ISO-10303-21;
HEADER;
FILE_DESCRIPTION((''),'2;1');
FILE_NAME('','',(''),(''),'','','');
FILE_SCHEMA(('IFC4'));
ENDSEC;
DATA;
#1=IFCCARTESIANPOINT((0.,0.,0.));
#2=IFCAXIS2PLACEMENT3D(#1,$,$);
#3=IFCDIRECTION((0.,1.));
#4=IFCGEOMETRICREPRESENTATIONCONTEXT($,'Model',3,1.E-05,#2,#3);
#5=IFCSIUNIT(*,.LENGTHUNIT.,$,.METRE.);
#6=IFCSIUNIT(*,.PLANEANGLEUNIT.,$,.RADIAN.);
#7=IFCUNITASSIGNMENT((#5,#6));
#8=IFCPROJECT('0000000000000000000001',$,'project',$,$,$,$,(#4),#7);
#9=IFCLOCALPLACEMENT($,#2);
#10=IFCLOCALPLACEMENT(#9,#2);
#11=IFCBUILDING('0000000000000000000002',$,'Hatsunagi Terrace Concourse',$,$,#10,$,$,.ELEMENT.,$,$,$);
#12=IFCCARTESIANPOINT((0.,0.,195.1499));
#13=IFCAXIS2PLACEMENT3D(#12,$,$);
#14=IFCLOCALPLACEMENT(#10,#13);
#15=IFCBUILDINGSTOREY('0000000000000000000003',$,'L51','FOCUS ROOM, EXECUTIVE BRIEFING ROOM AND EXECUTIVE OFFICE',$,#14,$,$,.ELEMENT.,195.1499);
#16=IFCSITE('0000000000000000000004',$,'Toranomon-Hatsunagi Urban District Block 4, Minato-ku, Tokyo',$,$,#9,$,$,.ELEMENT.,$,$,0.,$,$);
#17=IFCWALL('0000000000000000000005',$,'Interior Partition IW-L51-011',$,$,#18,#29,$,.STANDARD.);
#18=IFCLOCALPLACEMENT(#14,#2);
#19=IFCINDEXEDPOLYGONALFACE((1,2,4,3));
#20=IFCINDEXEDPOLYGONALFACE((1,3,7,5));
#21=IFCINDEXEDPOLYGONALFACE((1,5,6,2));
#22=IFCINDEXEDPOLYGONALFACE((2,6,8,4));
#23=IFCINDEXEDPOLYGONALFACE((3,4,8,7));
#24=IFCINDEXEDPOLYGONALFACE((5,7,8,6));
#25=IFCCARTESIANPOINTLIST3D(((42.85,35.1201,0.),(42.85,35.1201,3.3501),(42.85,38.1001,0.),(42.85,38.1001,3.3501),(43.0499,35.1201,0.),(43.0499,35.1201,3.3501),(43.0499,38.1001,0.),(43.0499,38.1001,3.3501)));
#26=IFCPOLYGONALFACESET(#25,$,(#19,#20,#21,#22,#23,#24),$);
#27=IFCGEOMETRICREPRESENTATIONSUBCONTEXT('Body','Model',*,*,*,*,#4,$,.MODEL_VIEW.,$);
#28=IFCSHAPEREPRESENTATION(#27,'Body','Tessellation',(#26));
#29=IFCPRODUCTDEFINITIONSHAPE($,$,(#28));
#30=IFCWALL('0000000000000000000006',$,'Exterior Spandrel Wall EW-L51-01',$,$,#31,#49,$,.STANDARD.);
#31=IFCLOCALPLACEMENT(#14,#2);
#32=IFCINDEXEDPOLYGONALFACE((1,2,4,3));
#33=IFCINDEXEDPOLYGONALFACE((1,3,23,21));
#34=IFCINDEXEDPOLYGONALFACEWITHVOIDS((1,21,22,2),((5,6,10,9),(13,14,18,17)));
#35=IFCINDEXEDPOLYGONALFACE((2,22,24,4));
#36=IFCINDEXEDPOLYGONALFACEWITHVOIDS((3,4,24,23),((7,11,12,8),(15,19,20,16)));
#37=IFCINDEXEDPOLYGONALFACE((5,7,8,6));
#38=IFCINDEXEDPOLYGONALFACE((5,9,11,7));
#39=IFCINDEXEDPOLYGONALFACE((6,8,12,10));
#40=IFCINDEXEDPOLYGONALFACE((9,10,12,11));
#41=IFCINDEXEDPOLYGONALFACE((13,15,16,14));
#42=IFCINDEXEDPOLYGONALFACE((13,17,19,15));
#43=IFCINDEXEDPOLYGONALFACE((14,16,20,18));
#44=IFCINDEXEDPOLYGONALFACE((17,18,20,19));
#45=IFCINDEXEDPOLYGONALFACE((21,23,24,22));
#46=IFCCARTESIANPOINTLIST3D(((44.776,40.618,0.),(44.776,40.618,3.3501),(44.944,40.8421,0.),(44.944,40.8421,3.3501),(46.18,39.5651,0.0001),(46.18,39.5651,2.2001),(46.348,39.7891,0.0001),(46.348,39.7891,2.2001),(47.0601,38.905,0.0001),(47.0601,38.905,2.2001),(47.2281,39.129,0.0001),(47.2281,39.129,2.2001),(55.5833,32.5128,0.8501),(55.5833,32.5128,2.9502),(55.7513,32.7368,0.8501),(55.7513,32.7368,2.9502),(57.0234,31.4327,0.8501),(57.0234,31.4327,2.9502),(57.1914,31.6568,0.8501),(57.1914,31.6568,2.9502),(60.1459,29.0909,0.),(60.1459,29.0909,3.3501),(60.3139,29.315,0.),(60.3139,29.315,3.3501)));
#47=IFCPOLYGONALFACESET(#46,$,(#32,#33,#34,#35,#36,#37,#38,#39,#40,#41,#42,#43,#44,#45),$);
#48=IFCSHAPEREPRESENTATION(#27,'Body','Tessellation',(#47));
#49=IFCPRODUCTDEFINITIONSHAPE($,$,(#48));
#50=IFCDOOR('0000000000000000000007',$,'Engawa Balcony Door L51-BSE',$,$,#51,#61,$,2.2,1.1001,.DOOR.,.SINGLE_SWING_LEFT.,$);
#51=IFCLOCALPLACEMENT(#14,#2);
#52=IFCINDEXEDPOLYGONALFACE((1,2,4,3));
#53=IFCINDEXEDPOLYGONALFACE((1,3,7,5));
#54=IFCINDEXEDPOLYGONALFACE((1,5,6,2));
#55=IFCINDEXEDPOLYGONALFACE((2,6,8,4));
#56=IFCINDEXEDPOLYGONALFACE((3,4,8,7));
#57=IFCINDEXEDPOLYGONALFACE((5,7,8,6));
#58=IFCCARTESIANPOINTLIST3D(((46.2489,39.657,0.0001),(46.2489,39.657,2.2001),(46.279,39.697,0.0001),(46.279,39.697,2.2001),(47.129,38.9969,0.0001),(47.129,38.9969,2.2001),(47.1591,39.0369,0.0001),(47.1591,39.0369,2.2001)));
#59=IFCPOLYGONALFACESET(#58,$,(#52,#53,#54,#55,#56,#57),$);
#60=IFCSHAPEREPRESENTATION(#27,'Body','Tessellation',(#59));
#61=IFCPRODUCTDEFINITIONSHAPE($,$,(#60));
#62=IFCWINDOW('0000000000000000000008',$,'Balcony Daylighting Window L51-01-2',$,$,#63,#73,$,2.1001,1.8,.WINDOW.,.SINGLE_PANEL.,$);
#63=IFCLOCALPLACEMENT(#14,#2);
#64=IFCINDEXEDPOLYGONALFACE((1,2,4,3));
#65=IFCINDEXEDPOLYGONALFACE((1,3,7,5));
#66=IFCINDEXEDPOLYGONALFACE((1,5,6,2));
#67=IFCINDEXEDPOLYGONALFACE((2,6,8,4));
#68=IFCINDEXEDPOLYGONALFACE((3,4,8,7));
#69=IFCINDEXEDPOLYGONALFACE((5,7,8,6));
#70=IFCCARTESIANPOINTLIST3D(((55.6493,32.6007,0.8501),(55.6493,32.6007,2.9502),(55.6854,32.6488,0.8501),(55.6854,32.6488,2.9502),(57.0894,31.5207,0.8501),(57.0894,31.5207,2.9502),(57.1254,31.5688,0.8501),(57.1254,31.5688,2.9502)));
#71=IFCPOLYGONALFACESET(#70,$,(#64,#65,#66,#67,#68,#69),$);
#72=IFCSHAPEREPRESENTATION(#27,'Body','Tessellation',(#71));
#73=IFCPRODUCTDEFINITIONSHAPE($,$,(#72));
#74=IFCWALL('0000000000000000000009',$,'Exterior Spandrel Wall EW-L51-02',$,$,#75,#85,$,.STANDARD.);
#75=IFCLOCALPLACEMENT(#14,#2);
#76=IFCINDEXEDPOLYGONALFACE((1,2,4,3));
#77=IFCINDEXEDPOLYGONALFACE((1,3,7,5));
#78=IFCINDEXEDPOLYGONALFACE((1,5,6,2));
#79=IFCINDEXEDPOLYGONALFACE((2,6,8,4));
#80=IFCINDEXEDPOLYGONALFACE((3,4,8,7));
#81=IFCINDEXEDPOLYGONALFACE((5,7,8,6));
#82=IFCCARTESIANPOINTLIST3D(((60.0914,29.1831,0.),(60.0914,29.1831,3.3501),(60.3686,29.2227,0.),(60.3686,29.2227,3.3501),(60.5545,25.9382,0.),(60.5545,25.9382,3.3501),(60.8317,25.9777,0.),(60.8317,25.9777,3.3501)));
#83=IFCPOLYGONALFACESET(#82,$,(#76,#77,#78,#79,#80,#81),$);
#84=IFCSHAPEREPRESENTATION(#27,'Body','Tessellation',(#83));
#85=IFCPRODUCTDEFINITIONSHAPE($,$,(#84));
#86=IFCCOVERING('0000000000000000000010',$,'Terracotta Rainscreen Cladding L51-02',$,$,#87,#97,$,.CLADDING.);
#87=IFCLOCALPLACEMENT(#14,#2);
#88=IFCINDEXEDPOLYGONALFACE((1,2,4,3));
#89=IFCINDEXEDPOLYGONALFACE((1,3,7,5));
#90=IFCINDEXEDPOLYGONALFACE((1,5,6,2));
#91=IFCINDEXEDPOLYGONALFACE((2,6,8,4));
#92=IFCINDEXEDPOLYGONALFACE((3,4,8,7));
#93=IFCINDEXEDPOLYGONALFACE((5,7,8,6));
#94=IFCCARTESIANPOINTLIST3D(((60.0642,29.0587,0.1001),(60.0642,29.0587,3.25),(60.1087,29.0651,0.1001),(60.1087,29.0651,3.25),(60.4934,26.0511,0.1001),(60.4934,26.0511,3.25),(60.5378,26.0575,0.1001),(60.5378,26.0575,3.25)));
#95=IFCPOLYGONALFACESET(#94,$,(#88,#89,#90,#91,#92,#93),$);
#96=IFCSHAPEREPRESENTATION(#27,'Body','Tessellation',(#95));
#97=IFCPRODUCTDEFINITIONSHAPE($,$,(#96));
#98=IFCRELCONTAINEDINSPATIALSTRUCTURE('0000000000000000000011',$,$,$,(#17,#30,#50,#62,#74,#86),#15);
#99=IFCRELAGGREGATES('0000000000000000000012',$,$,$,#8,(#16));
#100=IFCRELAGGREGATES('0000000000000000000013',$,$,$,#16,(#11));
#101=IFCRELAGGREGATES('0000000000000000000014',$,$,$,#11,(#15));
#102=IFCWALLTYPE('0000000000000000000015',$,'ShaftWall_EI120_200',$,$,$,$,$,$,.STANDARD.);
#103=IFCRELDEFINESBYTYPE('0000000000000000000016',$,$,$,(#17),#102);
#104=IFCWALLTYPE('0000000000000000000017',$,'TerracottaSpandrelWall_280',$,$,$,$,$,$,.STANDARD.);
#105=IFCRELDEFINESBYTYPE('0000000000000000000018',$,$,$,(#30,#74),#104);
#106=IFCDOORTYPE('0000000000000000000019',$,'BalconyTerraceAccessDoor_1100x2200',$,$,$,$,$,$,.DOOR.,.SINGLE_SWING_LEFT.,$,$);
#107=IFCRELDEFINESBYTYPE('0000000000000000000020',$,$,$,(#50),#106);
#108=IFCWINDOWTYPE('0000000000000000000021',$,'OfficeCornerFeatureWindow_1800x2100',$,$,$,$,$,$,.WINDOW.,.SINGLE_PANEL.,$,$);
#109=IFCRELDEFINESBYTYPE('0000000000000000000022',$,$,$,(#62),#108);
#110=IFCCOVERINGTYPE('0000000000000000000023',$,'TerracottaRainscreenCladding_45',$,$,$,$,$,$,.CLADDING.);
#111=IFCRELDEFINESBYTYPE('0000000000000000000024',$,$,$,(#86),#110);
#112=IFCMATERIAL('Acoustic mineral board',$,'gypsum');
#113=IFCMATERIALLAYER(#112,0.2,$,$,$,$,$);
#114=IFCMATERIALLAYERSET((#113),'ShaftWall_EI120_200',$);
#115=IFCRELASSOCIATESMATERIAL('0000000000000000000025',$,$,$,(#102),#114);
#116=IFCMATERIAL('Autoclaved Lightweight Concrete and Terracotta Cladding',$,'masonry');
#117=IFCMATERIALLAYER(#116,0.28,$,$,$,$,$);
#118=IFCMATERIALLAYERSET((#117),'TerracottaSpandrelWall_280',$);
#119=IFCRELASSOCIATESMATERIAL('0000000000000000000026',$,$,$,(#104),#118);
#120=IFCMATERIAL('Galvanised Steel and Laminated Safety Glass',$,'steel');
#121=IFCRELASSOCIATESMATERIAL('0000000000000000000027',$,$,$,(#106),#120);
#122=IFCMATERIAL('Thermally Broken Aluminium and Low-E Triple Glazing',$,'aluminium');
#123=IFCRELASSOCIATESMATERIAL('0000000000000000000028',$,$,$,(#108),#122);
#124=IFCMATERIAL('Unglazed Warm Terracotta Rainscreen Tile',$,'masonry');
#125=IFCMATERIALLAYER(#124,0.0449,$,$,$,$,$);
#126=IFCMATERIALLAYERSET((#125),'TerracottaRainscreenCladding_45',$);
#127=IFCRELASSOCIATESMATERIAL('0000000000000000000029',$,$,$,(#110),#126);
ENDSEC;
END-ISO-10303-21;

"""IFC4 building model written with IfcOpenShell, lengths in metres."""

from ifc_helpers import new_model, si_unit, direction, frame, frame_2d, origin, origin_2d, place, context, subcontext, project, spatial, rectangle, extrude, material, layer, layer_set, type_object, element, fill, save


model = new_model("IFC4")

# Units and contexts
model_context = context("Model", 3, precision=1e-05, world=origin(), true_north=direction((0.0, 1.0)))
body_context = subcontext(model_context, "Body", "Model", "MODEL_VIEW")
ifc_project = project(units=[si_unit("LENGTHUNIT", "METRE"), si_unit("PLANEANGLEUNIT", "RADIAN")], contexts=[model_context])

# Site, building, storey
site_placement = place(None, origin())
site = spatial("IfcSite", under=ifc_project, at=site_placement, Name="Toranomon-Hatsunagi Urban District Block 4, Minato-ku, Tokyo", CompositionType="ELEMENT", RefElevation=0.0)
building_placement = place(site_placement, origin())
building = spatial("IfcBuilding", under=site, at=building_placement, Name="Hatsunagi Terrace Concourse", CompositionType="ELEMENT")
storey_placement = place(building_placement, frame((0.0, 0.0, 195.1499)))
storey = spatial("IfcBuildingStorey", under=building, at=storey_placement, Name="L51", Description="FOCUS ROOM, EXECUTIVE BRIEFING ROOM AND EXECUTIVE OFFICE", CompositionType="ELEMENT", Elevation=195.1499)

# Wall
ifc_material_1 = material(Name="Acoustic mineral board", Category="gypsum")
ifc_layer_1 = layer(ifc_material_1, 0.2)
ifc_layer_set_1 = layer_set([ifc_layer_1], Name="ShaftWall_EI120_200")
wall_type_1 = type_object("IfcWallType", Name="ShaftWall_EI120_200", PredefinedType="STANDARD", material=ifc_layer_set_1)
wall_1_placement = place(storey_placement, frame((42.95, 35.1201, 0.0), z_axis=(0.0, 0.0, 1.0), x_axis=(0.0, 1.0, 0.0)))
element("IfcWall", 1, at=wall_1_placement, inside=storey, type_object=wall_type_1, Name="Interior Partition IW-L51-011", PredefinedType="STANDARD", context=body_context, shape_type="SweptSolid", body=[
    extrude(rectangle(XDim=2.98, YDim=0.2, at=frame_2d((1.49, 0.0))), origin(), (0.0, 0.0, 1.0), 3.3501),
])

# Wall, openings, door, window
ifc_material_2 = material(Name="Autoclaved Lightweight Concrete and Terracotta Cladding", Category="masonry")
ifc_layer_2 = layer(ifc_material_2, 0.28)
ifc_layer_set_2 = layer_set([ifc_layer_2], Name="TerracottaSpandrelWall_280")
wall_type_2 = type_object("IfcWallType", Name="TerracottaSpandrelWall_280", PredefinedType="STANDARD", material=ifc_layer_set_2)
wall_2_placement = place(storey_placement, frame((44.8601, 40.73, 0.0), z_axis=(0.0, 0.0, 1.0), x_axis=(0.800008, -0.59999, 0.0)))
wall_2 = element("IfcWall", 2, at=wall_2_placement, inside=storey, type_object=wall_type_2, Name="Exterior Spandrel Wall EW-L51-01", PredefinedType="STANDARD", context=body_context, shape_type="SweptSolid", body=[
    extrude(rectangle(XDim=19.2122, YDim=0.28, at=frame_2d((9.606, 0.0))), origin(), (0.0, 0.0, 1.0), 3.3501),
])
opening_1_placement = place(wall_2_placement, frame((1.7549, 0.0, 0.0)))
opening_1 = element("IfcOpeningElement", 3, at=opening_1_placement, cuts=wall_2, PredefinedType="OPENING", context=body_context, shape_type="SweptSolid", body=[
    extrude(rectangle(XDim=1.1001, YDim=2.2, at=frame_2d((0.55, 1.1001))), frame((0.0, 0.1499, 0.0), z_axis=(0.0, -1.0, 0.0), x_axis=(1.0, 0.0, 0.0)), (0.0, 0.0, 1.0), 0.3),
])
opening_2_placement = place(wall_2_placement, frame((13.509, 0.0, 0.8501)))
opening_2 = element("IfcOpeningElement", 4, at=opening_2_placement, cuts=wall_2, PredefinedType="OPENING", context=body_context, shape_type="SweptSolid", body=[
    extrude(rectangle(XDim=1.8, YDim=2.1001, at=frame_2d((0.8999, 1.05))), frame((0.0, 0.1499, 0.0), z_axis=(0.0, -1.0, 0.0), x_axis=(1.0, 0.0, 0.0)), (0.0, 0.0, 1.0), 0.3),
])
ifc_material_3 = material(Name="Galvanised Steel and Laminated Safety Glass", Category="steel")
door_type_1 = type_object("IfcDoorType", Name="BalconyTerraceAccessDoor_1100x2200", OperationType="SINGLE_SWING_LEFT", PredefinedType="DOOR", material=ifc_material_3)
door_1_placement = place(opening_1_placement, origin())
door_1 = element("IfcDoor", 5, at=door_1_placement, inside=storey, type_object=door_type_1, Name="Engawa Balcony Door L51-BSE", OperationType="SINGLE_SWING_LEFT", OverallHeight=2.2, OverallWidth=1.1001, PredefinedType="DOOR", context=body_context, shape_type="SweptSolid", body=[
    extrude(rectangle(XDim=1.1001, YDim=2.2, at=frame_2d((0.55, 1.1001))), frame((0.0, 0.0249, 0.0), z_axis=(0.0, -1.0, 0.0), x_axis=(1.0, 0.0, 0.0)), (0.0, 0.0, 1.0), 0.05),
])
fill(opening_1, door_1)
ifc_material_4 = material(Name="Thermally Broken Aluminium and Low-E Triple Glazing", Category="aluminium")
window_type = type_object("IfcWindowType", Name="OfficeCornerFeatureWindow_1800x2100", PartitioningType="SINGLE_PANEL", PredefinedType="WINDOW", material=ifc_material_4)
window_placement = place(opening_2_placement, origin())
window = element("IfcWindow", 6, at=window_placement, inside=storey, type_object=window_type, Name="Balcony Daylighting Window L51-01-2", OverallHeight=2.1001, OverallWidth=1.8, PartitioningType="SINGLE_PANEL", PredefinedType="WINDOW", context=body_context, shape_type="SweptSolid", body=[
    extrude(rectangle(XDim=1.8, YDim=2.1001, at=frame_2d((0.8999, 1.05))), frame((0.0, 0.03, 0.0), z_axis=(0.0, -1.0, 0.0), x_axis=(1.0, 0.0, 0.0)), (0.0, 0.0, 1.0), 0.0601),
])
fill(opening_2, window)

# Wall
wall_3_placement = place(storey_placement, frame((60.23, 29.2029, 0.0), z_axis=(0.0, 0.0, 1.0), x_axis=(0.141296, -0.989967, 0.0)))
element("IfcWall", 7, at=wall_3_placement, inside=storey, type_object=wall_type_2, Name="Exterior Spandrel Wall EW-L51-02", PredefinedType="STANDARD", context=body_context, shape_type="SweptSolid", body=[
    extrude(rectangle(XDim=3.2778, YDim=0.28, at=frame_2d((1.6389, 0.0))), origin(), (0.0, 0.0, 1.0), 3.3501),
])

# Covering
ifc_material_5 = material(Name="Unglazed Warm Terracotta Rainscreen Tile", Category="masonry")
ifc_layer_3 = layer(ifc_material_5, 0.0449)
ifc_layer_set_3 = layer_set([ifc_layer_3], Name="TerracottaRainscreenCladding_45")
covering_type = type_object("IfcCoveringType", Name="TerracottaRainscreenCladding_45", PredefinedType="CLADDING", material=ifc_layer_set_3)
covering_placement = place(storey_placement, frame((60.301, 27.5581, 0.1001), z_axis=(0.0, 0.0, 1.0), x_axis=(0.14125, -0.989974, 0.0)))
element("IfcCovering", 8, at=covering_placement, inside=storey, type_object=covering_type, Name="Terracotta Rainscreen Cladding L51-02", PredefinedType="CLADDING", context=body_context, shape_type="SweptSolid", body=[
    extrude(rectangle(XDim=3.0381, YDim=0.0449, at=origin_2d()), origin(), (0.0, 0.0, 1.0), 3.1499),
])

save(model, "model.ifc")
